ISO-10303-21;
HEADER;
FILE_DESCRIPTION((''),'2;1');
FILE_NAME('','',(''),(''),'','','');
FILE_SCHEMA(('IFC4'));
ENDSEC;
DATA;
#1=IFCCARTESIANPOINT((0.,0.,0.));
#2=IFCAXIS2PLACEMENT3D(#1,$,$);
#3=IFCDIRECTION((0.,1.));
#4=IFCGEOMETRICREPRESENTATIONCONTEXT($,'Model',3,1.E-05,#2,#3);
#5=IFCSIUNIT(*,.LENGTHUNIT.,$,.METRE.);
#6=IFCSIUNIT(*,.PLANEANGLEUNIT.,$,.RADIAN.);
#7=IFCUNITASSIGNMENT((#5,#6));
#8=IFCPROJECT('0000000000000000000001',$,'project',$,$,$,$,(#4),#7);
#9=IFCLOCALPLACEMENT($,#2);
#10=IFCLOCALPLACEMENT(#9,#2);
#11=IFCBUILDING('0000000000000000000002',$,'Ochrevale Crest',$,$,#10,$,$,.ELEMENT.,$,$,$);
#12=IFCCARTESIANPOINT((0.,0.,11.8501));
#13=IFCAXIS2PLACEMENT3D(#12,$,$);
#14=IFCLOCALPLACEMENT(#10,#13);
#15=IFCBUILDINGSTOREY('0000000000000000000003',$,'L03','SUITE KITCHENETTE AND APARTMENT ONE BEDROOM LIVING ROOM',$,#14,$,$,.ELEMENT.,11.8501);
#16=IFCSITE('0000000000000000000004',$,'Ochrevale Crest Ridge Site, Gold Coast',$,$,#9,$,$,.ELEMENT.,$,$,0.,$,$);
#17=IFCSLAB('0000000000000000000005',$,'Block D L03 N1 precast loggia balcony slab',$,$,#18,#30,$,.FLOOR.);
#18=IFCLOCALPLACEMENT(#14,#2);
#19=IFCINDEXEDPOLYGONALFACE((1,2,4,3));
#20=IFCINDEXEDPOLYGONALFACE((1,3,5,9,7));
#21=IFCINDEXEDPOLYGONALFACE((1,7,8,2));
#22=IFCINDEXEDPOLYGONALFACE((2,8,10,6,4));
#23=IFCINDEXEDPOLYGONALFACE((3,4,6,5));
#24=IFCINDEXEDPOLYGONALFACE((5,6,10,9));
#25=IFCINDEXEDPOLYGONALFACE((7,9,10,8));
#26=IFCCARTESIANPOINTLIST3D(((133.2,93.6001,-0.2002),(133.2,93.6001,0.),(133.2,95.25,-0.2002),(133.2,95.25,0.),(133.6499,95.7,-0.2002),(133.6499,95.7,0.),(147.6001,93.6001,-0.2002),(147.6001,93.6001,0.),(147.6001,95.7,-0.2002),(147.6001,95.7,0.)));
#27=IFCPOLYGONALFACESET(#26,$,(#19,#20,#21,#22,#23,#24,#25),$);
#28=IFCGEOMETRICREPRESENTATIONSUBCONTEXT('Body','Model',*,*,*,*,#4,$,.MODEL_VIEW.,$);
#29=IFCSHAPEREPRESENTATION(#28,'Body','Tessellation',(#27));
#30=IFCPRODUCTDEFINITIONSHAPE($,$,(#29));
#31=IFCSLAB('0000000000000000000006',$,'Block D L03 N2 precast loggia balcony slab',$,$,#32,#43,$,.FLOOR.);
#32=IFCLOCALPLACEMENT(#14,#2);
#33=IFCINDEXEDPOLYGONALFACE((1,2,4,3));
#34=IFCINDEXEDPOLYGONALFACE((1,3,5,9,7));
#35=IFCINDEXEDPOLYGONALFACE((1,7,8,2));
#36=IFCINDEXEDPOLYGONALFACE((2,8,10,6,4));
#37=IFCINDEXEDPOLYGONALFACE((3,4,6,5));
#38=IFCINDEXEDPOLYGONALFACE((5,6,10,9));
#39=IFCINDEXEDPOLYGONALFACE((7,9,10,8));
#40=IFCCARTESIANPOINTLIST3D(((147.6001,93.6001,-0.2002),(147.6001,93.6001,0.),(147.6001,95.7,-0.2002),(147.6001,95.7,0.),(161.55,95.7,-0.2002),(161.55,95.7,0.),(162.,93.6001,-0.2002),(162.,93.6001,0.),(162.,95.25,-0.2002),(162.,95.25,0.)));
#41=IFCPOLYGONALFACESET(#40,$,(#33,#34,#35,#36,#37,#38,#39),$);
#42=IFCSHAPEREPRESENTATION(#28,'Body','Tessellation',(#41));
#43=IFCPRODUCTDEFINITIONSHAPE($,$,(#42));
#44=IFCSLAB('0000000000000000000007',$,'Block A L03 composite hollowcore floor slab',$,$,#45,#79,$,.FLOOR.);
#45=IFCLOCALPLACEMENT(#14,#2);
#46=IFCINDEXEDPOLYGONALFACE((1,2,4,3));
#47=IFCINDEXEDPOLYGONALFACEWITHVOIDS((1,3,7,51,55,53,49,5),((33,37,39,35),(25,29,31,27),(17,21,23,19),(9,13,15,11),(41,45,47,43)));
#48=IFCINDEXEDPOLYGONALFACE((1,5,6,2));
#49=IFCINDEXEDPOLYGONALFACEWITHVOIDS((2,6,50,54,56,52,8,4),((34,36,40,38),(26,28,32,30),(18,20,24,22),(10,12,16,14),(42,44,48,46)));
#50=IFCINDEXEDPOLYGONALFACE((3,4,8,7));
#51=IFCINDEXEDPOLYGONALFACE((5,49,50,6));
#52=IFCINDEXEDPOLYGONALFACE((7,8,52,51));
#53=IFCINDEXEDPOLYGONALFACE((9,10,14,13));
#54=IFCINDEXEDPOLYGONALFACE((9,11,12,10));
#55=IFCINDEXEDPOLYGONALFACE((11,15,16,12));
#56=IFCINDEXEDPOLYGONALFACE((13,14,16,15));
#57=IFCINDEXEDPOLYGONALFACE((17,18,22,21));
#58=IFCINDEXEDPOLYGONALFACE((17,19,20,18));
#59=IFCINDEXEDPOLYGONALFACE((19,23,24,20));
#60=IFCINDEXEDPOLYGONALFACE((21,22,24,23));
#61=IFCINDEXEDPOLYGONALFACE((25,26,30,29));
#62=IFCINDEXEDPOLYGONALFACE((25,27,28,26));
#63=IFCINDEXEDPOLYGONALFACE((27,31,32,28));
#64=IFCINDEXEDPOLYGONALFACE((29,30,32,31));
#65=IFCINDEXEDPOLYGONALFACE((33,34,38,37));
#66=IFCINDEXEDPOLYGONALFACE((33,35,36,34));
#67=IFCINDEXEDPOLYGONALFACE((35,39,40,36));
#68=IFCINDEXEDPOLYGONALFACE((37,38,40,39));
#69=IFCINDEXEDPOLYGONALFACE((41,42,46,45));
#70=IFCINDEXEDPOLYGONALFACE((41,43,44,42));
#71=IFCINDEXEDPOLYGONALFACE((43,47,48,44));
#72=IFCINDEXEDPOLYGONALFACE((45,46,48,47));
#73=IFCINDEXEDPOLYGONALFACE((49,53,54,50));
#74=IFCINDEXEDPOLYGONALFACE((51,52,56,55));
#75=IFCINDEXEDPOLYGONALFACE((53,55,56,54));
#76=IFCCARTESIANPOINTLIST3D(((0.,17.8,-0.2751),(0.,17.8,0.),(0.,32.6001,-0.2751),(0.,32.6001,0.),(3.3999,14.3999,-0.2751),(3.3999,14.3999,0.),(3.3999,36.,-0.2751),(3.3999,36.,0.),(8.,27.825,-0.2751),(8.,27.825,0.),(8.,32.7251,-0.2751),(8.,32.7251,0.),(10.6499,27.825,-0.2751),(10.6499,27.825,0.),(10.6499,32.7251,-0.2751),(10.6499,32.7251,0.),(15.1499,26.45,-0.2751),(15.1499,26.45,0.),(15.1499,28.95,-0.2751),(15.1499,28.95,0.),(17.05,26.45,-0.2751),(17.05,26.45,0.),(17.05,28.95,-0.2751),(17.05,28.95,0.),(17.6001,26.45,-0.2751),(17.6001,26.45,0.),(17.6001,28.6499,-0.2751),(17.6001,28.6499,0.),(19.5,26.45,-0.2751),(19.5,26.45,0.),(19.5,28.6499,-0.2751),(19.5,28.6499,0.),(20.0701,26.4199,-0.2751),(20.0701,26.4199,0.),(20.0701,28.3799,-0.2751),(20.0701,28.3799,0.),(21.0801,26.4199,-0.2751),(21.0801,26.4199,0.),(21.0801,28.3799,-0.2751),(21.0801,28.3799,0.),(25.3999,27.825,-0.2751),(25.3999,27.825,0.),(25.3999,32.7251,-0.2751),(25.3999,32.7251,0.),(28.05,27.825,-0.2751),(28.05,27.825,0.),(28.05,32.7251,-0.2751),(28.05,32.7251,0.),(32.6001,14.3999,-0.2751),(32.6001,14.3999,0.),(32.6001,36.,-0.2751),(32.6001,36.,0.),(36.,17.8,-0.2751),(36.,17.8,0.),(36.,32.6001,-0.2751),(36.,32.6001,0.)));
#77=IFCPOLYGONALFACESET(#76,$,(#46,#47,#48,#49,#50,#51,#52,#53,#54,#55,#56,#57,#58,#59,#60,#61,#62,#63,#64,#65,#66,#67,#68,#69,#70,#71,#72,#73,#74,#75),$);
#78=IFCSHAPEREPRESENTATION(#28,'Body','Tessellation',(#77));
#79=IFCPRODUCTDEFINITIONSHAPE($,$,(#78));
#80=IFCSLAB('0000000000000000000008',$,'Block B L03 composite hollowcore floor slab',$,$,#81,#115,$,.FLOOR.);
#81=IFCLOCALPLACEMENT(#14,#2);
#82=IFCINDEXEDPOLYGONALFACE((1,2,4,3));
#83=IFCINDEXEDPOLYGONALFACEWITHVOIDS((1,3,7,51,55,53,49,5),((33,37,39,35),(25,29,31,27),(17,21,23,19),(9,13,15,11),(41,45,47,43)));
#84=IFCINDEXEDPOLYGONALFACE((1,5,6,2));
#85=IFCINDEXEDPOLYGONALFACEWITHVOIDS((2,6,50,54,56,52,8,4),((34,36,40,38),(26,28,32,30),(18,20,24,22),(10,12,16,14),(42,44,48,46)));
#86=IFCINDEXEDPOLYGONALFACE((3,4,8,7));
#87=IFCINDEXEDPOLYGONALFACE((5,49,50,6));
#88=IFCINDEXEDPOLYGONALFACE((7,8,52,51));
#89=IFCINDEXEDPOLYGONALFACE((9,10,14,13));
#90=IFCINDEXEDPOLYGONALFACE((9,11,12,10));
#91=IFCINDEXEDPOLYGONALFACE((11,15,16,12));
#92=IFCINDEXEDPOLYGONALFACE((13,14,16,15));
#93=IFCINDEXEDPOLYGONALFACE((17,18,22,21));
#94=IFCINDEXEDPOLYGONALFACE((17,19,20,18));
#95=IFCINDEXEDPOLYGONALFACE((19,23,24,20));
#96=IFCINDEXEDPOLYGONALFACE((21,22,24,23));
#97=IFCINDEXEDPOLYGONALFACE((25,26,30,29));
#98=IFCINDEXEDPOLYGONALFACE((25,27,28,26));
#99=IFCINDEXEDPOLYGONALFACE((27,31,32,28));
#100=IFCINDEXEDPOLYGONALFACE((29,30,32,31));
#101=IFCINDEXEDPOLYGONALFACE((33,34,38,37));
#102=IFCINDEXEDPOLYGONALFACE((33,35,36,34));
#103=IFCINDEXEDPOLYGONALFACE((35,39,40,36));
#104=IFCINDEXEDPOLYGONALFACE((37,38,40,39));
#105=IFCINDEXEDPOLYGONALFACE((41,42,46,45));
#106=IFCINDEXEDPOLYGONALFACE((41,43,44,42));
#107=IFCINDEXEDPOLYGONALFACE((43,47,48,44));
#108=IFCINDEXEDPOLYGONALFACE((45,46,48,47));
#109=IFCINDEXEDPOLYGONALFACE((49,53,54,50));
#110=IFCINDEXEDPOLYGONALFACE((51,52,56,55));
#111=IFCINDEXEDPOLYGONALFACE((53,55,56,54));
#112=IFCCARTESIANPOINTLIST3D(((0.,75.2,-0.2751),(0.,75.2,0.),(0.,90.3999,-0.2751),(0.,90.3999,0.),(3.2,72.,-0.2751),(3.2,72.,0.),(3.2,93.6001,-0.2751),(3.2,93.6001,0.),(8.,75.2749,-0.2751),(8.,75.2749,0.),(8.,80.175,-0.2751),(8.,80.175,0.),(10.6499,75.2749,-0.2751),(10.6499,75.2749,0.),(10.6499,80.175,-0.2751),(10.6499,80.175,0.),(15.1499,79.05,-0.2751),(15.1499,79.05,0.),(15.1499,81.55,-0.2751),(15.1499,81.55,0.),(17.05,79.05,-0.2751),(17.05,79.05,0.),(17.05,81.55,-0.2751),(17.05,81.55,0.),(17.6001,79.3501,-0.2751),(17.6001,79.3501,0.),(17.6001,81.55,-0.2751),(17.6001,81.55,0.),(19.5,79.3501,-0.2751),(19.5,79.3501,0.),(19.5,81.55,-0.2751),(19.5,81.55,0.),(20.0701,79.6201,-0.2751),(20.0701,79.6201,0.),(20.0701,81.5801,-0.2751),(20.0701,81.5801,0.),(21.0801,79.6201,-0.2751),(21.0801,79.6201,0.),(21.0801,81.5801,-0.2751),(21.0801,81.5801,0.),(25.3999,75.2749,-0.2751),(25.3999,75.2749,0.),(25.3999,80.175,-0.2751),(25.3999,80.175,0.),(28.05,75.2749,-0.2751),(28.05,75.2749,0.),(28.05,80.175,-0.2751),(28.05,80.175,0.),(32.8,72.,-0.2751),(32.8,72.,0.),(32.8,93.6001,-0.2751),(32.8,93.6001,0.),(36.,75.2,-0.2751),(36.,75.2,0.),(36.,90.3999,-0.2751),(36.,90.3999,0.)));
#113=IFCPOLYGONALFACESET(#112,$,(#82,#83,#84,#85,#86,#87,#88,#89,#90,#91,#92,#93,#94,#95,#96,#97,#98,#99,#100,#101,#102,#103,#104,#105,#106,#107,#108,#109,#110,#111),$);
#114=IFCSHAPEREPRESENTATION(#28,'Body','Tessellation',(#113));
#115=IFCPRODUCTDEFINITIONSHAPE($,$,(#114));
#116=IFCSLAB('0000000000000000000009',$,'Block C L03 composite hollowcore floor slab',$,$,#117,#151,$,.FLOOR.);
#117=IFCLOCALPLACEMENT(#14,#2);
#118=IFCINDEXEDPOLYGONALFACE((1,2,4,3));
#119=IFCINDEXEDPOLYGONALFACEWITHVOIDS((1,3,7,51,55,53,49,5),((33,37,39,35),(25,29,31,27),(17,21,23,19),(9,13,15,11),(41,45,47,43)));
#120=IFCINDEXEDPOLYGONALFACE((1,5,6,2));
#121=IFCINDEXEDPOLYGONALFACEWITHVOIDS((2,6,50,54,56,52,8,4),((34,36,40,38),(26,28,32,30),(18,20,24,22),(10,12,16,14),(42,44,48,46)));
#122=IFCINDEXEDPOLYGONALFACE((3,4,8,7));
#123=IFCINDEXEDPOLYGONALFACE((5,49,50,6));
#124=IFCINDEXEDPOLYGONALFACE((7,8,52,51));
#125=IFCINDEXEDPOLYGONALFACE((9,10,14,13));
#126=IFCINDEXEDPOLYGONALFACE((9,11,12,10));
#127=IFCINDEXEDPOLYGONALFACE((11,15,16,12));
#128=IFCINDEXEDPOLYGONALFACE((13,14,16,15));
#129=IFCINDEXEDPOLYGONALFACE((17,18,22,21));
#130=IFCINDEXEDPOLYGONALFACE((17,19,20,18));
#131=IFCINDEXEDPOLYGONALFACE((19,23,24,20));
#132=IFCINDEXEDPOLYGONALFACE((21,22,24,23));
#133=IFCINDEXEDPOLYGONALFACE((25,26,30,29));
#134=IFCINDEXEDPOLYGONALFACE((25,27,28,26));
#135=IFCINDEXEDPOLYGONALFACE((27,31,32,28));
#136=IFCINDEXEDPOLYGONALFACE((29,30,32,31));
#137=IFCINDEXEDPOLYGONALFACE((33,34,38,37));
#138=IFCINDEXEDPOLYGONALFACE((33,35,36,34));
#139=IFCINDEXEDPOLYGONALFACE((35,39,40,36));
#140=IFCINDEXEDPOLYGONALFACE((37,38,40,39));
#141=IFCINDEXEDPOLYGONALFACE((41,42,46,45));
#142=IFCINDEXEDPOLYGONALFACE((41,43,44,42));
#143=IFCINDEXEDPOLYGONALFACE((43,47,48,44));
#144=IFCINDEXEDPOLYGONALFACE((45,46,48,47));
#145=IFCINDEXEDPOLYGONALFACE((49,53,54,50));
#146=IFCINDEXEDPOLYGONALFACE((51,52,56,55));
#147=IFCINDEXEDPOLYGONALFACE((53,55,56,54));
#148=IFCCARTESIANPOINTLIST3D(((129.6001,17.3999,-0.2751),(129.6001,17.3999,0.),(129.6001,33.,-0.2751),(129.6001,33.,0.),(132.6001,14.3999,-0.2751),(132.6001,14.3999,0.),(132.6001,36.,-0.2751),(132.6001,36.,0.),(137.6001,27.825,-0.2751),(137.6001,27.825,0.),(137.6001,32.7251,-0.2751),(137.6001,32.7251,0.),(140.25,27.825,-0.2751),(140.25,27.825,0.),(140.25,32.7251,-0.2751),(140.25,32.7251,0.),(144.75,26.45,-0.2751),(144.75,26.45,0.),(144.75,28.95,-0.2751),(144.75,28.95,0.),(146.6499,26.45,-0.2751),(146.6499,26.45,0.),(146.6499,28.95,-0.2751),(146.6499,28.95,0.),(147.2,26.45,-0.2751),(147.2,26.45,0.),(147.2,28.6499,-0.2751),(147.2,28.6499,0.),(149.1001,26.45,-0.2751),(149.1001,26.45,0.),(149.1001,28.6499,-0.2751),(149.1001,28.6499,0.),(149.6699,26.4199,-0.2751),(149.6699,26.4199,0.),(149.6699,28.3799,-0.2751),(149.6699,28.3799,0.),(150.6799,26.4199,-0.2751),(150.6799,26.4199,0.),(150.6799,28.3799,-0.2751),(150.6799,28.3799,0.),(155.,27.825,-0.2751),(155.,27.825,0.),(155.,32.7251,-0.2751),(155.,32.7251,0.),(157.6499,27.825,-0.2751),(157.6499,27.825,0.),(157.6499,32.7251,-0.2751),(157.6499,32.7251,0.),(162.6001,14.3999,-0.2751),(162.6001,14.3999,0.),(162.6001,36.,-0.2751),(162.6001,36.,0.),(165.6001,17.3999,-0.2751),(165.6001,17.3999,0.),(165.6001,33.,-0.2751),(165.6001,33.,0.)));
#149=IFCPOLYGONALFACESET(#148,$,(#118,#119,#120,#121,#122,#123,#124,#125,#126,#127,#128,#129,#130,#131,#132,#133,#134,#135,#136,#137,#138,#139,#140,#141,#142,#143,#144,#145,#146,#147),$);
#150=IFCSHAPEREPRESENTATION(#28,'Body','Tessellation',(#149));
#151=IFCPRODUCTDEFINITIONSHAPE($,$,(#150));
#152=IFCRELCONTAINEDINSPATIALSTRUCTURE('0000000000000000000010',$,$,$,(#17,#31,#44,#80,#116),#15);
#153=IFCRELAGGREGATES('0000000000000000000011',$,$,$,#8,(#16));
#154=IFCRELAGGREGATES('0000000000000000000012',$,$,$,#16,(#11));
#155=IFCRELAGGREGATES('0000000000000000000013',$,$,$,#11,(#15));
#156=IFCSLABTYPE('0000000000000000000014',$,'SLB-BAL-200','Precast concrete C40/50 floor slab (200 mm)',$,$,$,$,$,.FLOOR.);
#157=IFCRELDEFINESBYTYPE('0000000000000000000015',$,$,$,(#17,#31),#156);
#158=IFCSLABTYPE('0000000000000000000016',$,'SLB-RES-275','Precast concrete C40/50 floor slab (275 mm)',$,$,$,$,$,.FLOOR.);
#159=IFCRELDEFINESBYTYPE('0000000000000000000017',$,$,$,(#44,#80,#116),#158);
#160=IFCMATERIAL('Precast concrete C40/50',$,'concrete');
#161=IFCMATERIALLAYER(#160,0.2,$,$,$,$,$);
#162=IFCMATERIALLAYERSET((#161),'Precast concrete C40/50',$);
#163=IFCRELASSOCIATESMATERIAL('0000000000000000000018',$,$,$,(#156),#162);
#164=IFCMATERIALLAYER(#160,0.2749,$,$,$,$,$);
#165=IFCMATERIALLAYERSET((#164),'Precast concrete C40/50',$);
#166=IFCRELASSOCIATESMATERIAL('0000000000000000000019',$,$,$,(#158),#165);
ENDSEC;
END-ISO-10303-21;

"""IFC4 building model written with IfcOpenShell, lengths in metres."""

from ifc_helpers import new_model, si_unit, direction, frame, origin, place, context, subcontext, project, spatial, polyline, outline, extrude, material, layer, layer_set, type_object, element, save


model = new_model("IFC4")

# Units and contexts
model_context = context("Model", 3, precision=1e-05, world=origin(), true_north=direction((0.0, 1.0)))
body_context = subcontext(model_context, "Body", "Model", "MODEL_VIEW")
ifc_project = project(units=[si_unit("LENGTHUNIT", "METRE"), si_unit("PLANEANGLEUNIT", "RADIAN")], contexts=[model_context])

# Site, building, storey
site_placement = place(None, origin())
site = spatial("IfcSite", under=ifc_project, at=site_placement, Name="Ochrevale Crest Ridge Site, Gold Coast", CompositionType="ELEMENT", RefElevation=0.0)
building_placement = place(site_placement, origin())
building = spatial("IfcBuilding", under=site, at=building_placement, Name="Ochrevale Crest", CompositionType="ELEMENT")
storey_placement = place(building_placement, frame((0.0, 0.0, 11.8501)))
storey = spatial("IfcBuildingStorey", under=building, at=storey_placement, Name="L03", Description="SUITE KITCHENETTE AND APARTMENT ONE BEDROOM LIVING ROOM", CompositionType="ELEMENT", Elevation=11.8501)

# Slabs
ifc_material_1 = material(Name="Precast concrete C40/50", Category="concrete")
ifc_layer_1 = layer(ifc_material_1, 0.2)
ifc_layer_set_1 = layer_set([ifc_layer_1], Name="Precast concrete C40/50")
slab_type_1 = type_object("IfcSlabType", Name="SLB-BAL-200", Description="Precast concrete C40/50 floor slab (200 mm)", PredefinedType="FLOOR", material=ifc_layer_set_1)
slab_1_placement = place(storey_placement, frame((0.0, 0.0, -0.2002)))
element("IfcSlab", 1, at=slab_1_placement, inside=storey, type_object=slab_type_1, Name="Block D L03 N1 precast loggia balcony slab", PredefinedType="FLOOR", context=body_context, shape_type="SweptSolid", body=[
    extrude(outline(polyline([(133.2, 93.6001), (147.6001, 93.6001), (147.6001, 95.7), (133.6499, 95.7), (133.2, 95.25), (133.2, 93.6001)])), origin(), (0.0, 0.0, 1.0), 0.2002),
])
slab_2_placement = place(storey_placement, frame((0.0, 0.0, -0.2002)))
element("IfcSlab", 2, at=slab_2_placement, inside=storey, type_object=slab_type_1, Name="Block D L03 N2 precast loggia balcony slab", PredefinedType="FLOOR", context=body_context, shape_type="SweptSolid", body=[
    extrude(outline(polyline([(147.6001, 93.6001), (162.0, 93.6001), (162.0, 95.25), (161.55, 95.7), (147.6001, 95.7), (147.6001, 93.6001)])), origin(), (0.0, 0.0, 1.0), 0.2002),
])
ifc_layer_2 = layer(ifc_material_1, 0.2749)
ifc_layer_set_2 = layer_set([ifc_layer_2], Name="Precast concrete C40/50")
slab_type_2 = type_object("IfcSlabType", Name="SLB-RES-275", Description="Precast concrete C40/50 floor slab (275 mm)", PredefinedType="FLOOR", material=ifc_layer_set_2)
slab_3_placement = place(storey_placement, frame((0.0, 0.0, -0.2751)))
element("IfcSlab", 3, at=slab_3_placement, inside=storey, type_object=slab_type_2, Name="Block A L03 composite hollowcore floor slab", PredefinedType="FLOOR", context=body_context, shape_type="SweptSolid", body=[
    extrude(outline(polyline([(3.3999, 14.3999), (32.6001, 14.3999), (36.0, 17.8), (36.0, 32.6001), (32.6001, 36.0), (3.3999, 36.0), (0.0, 32.6001), (0.0, 17.8), (3.3999, 14.3999)]), holes=[polyline([(10.6499, 27.825), (10.6499, 32.7251), (8.0, 32.7251), (8.0, 27.825), (10.6499, 27.825)]), polyline([(28.05, 27.825), (28.05, 32.7251), (25.3999, 32.7251), (25.3999, 27.825), (28.05, 27.825)]), polyline([(15.1499, 26.45), (17.05, 26.45), (17.05, 28.95), (15.1499, 28.95), (15.1499, 26.45)]), polyline([(17.6001, 26.45), (19.5, 26.45), (19.5, 28.6499), (17.6001, 28.6499), (17.6001, 26.45)]), polyline([(20.0701, 26.4199), (21.0801, 26.4199), (21.0801, 28.3799), (20.0701, 28.3799), (20.0701, 26.4199)])]), origin(), (0.0, 0.0, 1.0), 0.2751),
])
slab_4_placement = place(storey_placement, frame((0.0, 0.0, -0.2751)))
element("IfcSlab", 4, at=slab_4_placement, inside=storey, type_object=slab_type_2, Name="Block B L03 composite hollowcore floor slab", PredefinedType="FLOOR", context=body_context, shape_type="SweptSolid", body=[
    extrude(outline(polyline([(3.2, 72.0), (32.8, 72.0), (36.0, 75.2), (36.0, 90.3999), (32.8, 93.6001), (3.2, 93.6001), (0.0, 90.3999), (0.0, 75.2), (3.2, 72.0)]), holes=[polyline([(8.0, 80.175), (8.0, 75.2749), (10.6499, 75.2749), (10.6499, 80.175), (8.0, 80.175)]), polyline([(25.3999, 80.175), (25.3999, 75.2749), (28.05, 75.2749), (28.05, 80.175), (25.3999, 80.175)]), polyline([(15.1499, 79.05), (17.05, 79.05), (17.05, 81.55), (15.1499, 81.55), (15.1499, 79.05)]), polyline([(17.6001, 79.3501), (19.5, 79.3501), (19.5, 81.55), (17.6001, 81.55), (17.6001, 79.3501)]), polyline([(20.0701, 79.6201), (21.0801, 79.6201), (21.0801, 81.5801), (20.0701, 81.5801), (20.0701, 79.6201)])]), origin(), (0.0, 0.0, 1.0), 0.2751),
])
slab_5_placement = place(storey_placement, frame((0.0, 0.0, -0.2751)))
element("IfcSlab", 5, at=slab_5_placement, inside=storey, type_object=slab_type_2, Name="Block C L03 composite hollowcore floor slab", PredefinedType="FLOOR", context=body_context, shape_type="SweptSolid", body=[
    extrude(outline(polyline([(132.6001, 14.3999), (162.6001, 14.3999), (165.6001, 17.3999), (165.6001, 33.0), (162.6001, 36.0), (132.6001, 36.0), (129.6001, 33.0), (129.6001, 17.3999), (132.6001, 14.3999)]), holes=[polyline([(140.25, 27.825), (140.25, 32.7251), (137.6001, 32.7251), (137.6001, 27.825), (140.25, 27.825)]), polyline([(157.6499, 27.825), (157.6499, 32.7251), (155.0, 32.7251), (155.0, 27.825), (157.6499, 27.825)]), polyline([(144.75, 26.45), (146.6499, 26.45), (146.6499, 28.95), (144.75, 28.95), (144.75, 26.45)]), polyline([(147.2, 26.45), (149.1001, 26.45), (149.1001, 28.6499), (147.2, 28.6499), (147.2, 26.45)]), polyline([(149.6699, 26.4199), (150.6799, 26.4199), (150.6799, 28.3799), (149.6699, 28.3799), (149.6699, 26.4199)])]), origin(), (0.0, 0.0, 1.0), 0.2751),
])

save(model, "model.ifc")
